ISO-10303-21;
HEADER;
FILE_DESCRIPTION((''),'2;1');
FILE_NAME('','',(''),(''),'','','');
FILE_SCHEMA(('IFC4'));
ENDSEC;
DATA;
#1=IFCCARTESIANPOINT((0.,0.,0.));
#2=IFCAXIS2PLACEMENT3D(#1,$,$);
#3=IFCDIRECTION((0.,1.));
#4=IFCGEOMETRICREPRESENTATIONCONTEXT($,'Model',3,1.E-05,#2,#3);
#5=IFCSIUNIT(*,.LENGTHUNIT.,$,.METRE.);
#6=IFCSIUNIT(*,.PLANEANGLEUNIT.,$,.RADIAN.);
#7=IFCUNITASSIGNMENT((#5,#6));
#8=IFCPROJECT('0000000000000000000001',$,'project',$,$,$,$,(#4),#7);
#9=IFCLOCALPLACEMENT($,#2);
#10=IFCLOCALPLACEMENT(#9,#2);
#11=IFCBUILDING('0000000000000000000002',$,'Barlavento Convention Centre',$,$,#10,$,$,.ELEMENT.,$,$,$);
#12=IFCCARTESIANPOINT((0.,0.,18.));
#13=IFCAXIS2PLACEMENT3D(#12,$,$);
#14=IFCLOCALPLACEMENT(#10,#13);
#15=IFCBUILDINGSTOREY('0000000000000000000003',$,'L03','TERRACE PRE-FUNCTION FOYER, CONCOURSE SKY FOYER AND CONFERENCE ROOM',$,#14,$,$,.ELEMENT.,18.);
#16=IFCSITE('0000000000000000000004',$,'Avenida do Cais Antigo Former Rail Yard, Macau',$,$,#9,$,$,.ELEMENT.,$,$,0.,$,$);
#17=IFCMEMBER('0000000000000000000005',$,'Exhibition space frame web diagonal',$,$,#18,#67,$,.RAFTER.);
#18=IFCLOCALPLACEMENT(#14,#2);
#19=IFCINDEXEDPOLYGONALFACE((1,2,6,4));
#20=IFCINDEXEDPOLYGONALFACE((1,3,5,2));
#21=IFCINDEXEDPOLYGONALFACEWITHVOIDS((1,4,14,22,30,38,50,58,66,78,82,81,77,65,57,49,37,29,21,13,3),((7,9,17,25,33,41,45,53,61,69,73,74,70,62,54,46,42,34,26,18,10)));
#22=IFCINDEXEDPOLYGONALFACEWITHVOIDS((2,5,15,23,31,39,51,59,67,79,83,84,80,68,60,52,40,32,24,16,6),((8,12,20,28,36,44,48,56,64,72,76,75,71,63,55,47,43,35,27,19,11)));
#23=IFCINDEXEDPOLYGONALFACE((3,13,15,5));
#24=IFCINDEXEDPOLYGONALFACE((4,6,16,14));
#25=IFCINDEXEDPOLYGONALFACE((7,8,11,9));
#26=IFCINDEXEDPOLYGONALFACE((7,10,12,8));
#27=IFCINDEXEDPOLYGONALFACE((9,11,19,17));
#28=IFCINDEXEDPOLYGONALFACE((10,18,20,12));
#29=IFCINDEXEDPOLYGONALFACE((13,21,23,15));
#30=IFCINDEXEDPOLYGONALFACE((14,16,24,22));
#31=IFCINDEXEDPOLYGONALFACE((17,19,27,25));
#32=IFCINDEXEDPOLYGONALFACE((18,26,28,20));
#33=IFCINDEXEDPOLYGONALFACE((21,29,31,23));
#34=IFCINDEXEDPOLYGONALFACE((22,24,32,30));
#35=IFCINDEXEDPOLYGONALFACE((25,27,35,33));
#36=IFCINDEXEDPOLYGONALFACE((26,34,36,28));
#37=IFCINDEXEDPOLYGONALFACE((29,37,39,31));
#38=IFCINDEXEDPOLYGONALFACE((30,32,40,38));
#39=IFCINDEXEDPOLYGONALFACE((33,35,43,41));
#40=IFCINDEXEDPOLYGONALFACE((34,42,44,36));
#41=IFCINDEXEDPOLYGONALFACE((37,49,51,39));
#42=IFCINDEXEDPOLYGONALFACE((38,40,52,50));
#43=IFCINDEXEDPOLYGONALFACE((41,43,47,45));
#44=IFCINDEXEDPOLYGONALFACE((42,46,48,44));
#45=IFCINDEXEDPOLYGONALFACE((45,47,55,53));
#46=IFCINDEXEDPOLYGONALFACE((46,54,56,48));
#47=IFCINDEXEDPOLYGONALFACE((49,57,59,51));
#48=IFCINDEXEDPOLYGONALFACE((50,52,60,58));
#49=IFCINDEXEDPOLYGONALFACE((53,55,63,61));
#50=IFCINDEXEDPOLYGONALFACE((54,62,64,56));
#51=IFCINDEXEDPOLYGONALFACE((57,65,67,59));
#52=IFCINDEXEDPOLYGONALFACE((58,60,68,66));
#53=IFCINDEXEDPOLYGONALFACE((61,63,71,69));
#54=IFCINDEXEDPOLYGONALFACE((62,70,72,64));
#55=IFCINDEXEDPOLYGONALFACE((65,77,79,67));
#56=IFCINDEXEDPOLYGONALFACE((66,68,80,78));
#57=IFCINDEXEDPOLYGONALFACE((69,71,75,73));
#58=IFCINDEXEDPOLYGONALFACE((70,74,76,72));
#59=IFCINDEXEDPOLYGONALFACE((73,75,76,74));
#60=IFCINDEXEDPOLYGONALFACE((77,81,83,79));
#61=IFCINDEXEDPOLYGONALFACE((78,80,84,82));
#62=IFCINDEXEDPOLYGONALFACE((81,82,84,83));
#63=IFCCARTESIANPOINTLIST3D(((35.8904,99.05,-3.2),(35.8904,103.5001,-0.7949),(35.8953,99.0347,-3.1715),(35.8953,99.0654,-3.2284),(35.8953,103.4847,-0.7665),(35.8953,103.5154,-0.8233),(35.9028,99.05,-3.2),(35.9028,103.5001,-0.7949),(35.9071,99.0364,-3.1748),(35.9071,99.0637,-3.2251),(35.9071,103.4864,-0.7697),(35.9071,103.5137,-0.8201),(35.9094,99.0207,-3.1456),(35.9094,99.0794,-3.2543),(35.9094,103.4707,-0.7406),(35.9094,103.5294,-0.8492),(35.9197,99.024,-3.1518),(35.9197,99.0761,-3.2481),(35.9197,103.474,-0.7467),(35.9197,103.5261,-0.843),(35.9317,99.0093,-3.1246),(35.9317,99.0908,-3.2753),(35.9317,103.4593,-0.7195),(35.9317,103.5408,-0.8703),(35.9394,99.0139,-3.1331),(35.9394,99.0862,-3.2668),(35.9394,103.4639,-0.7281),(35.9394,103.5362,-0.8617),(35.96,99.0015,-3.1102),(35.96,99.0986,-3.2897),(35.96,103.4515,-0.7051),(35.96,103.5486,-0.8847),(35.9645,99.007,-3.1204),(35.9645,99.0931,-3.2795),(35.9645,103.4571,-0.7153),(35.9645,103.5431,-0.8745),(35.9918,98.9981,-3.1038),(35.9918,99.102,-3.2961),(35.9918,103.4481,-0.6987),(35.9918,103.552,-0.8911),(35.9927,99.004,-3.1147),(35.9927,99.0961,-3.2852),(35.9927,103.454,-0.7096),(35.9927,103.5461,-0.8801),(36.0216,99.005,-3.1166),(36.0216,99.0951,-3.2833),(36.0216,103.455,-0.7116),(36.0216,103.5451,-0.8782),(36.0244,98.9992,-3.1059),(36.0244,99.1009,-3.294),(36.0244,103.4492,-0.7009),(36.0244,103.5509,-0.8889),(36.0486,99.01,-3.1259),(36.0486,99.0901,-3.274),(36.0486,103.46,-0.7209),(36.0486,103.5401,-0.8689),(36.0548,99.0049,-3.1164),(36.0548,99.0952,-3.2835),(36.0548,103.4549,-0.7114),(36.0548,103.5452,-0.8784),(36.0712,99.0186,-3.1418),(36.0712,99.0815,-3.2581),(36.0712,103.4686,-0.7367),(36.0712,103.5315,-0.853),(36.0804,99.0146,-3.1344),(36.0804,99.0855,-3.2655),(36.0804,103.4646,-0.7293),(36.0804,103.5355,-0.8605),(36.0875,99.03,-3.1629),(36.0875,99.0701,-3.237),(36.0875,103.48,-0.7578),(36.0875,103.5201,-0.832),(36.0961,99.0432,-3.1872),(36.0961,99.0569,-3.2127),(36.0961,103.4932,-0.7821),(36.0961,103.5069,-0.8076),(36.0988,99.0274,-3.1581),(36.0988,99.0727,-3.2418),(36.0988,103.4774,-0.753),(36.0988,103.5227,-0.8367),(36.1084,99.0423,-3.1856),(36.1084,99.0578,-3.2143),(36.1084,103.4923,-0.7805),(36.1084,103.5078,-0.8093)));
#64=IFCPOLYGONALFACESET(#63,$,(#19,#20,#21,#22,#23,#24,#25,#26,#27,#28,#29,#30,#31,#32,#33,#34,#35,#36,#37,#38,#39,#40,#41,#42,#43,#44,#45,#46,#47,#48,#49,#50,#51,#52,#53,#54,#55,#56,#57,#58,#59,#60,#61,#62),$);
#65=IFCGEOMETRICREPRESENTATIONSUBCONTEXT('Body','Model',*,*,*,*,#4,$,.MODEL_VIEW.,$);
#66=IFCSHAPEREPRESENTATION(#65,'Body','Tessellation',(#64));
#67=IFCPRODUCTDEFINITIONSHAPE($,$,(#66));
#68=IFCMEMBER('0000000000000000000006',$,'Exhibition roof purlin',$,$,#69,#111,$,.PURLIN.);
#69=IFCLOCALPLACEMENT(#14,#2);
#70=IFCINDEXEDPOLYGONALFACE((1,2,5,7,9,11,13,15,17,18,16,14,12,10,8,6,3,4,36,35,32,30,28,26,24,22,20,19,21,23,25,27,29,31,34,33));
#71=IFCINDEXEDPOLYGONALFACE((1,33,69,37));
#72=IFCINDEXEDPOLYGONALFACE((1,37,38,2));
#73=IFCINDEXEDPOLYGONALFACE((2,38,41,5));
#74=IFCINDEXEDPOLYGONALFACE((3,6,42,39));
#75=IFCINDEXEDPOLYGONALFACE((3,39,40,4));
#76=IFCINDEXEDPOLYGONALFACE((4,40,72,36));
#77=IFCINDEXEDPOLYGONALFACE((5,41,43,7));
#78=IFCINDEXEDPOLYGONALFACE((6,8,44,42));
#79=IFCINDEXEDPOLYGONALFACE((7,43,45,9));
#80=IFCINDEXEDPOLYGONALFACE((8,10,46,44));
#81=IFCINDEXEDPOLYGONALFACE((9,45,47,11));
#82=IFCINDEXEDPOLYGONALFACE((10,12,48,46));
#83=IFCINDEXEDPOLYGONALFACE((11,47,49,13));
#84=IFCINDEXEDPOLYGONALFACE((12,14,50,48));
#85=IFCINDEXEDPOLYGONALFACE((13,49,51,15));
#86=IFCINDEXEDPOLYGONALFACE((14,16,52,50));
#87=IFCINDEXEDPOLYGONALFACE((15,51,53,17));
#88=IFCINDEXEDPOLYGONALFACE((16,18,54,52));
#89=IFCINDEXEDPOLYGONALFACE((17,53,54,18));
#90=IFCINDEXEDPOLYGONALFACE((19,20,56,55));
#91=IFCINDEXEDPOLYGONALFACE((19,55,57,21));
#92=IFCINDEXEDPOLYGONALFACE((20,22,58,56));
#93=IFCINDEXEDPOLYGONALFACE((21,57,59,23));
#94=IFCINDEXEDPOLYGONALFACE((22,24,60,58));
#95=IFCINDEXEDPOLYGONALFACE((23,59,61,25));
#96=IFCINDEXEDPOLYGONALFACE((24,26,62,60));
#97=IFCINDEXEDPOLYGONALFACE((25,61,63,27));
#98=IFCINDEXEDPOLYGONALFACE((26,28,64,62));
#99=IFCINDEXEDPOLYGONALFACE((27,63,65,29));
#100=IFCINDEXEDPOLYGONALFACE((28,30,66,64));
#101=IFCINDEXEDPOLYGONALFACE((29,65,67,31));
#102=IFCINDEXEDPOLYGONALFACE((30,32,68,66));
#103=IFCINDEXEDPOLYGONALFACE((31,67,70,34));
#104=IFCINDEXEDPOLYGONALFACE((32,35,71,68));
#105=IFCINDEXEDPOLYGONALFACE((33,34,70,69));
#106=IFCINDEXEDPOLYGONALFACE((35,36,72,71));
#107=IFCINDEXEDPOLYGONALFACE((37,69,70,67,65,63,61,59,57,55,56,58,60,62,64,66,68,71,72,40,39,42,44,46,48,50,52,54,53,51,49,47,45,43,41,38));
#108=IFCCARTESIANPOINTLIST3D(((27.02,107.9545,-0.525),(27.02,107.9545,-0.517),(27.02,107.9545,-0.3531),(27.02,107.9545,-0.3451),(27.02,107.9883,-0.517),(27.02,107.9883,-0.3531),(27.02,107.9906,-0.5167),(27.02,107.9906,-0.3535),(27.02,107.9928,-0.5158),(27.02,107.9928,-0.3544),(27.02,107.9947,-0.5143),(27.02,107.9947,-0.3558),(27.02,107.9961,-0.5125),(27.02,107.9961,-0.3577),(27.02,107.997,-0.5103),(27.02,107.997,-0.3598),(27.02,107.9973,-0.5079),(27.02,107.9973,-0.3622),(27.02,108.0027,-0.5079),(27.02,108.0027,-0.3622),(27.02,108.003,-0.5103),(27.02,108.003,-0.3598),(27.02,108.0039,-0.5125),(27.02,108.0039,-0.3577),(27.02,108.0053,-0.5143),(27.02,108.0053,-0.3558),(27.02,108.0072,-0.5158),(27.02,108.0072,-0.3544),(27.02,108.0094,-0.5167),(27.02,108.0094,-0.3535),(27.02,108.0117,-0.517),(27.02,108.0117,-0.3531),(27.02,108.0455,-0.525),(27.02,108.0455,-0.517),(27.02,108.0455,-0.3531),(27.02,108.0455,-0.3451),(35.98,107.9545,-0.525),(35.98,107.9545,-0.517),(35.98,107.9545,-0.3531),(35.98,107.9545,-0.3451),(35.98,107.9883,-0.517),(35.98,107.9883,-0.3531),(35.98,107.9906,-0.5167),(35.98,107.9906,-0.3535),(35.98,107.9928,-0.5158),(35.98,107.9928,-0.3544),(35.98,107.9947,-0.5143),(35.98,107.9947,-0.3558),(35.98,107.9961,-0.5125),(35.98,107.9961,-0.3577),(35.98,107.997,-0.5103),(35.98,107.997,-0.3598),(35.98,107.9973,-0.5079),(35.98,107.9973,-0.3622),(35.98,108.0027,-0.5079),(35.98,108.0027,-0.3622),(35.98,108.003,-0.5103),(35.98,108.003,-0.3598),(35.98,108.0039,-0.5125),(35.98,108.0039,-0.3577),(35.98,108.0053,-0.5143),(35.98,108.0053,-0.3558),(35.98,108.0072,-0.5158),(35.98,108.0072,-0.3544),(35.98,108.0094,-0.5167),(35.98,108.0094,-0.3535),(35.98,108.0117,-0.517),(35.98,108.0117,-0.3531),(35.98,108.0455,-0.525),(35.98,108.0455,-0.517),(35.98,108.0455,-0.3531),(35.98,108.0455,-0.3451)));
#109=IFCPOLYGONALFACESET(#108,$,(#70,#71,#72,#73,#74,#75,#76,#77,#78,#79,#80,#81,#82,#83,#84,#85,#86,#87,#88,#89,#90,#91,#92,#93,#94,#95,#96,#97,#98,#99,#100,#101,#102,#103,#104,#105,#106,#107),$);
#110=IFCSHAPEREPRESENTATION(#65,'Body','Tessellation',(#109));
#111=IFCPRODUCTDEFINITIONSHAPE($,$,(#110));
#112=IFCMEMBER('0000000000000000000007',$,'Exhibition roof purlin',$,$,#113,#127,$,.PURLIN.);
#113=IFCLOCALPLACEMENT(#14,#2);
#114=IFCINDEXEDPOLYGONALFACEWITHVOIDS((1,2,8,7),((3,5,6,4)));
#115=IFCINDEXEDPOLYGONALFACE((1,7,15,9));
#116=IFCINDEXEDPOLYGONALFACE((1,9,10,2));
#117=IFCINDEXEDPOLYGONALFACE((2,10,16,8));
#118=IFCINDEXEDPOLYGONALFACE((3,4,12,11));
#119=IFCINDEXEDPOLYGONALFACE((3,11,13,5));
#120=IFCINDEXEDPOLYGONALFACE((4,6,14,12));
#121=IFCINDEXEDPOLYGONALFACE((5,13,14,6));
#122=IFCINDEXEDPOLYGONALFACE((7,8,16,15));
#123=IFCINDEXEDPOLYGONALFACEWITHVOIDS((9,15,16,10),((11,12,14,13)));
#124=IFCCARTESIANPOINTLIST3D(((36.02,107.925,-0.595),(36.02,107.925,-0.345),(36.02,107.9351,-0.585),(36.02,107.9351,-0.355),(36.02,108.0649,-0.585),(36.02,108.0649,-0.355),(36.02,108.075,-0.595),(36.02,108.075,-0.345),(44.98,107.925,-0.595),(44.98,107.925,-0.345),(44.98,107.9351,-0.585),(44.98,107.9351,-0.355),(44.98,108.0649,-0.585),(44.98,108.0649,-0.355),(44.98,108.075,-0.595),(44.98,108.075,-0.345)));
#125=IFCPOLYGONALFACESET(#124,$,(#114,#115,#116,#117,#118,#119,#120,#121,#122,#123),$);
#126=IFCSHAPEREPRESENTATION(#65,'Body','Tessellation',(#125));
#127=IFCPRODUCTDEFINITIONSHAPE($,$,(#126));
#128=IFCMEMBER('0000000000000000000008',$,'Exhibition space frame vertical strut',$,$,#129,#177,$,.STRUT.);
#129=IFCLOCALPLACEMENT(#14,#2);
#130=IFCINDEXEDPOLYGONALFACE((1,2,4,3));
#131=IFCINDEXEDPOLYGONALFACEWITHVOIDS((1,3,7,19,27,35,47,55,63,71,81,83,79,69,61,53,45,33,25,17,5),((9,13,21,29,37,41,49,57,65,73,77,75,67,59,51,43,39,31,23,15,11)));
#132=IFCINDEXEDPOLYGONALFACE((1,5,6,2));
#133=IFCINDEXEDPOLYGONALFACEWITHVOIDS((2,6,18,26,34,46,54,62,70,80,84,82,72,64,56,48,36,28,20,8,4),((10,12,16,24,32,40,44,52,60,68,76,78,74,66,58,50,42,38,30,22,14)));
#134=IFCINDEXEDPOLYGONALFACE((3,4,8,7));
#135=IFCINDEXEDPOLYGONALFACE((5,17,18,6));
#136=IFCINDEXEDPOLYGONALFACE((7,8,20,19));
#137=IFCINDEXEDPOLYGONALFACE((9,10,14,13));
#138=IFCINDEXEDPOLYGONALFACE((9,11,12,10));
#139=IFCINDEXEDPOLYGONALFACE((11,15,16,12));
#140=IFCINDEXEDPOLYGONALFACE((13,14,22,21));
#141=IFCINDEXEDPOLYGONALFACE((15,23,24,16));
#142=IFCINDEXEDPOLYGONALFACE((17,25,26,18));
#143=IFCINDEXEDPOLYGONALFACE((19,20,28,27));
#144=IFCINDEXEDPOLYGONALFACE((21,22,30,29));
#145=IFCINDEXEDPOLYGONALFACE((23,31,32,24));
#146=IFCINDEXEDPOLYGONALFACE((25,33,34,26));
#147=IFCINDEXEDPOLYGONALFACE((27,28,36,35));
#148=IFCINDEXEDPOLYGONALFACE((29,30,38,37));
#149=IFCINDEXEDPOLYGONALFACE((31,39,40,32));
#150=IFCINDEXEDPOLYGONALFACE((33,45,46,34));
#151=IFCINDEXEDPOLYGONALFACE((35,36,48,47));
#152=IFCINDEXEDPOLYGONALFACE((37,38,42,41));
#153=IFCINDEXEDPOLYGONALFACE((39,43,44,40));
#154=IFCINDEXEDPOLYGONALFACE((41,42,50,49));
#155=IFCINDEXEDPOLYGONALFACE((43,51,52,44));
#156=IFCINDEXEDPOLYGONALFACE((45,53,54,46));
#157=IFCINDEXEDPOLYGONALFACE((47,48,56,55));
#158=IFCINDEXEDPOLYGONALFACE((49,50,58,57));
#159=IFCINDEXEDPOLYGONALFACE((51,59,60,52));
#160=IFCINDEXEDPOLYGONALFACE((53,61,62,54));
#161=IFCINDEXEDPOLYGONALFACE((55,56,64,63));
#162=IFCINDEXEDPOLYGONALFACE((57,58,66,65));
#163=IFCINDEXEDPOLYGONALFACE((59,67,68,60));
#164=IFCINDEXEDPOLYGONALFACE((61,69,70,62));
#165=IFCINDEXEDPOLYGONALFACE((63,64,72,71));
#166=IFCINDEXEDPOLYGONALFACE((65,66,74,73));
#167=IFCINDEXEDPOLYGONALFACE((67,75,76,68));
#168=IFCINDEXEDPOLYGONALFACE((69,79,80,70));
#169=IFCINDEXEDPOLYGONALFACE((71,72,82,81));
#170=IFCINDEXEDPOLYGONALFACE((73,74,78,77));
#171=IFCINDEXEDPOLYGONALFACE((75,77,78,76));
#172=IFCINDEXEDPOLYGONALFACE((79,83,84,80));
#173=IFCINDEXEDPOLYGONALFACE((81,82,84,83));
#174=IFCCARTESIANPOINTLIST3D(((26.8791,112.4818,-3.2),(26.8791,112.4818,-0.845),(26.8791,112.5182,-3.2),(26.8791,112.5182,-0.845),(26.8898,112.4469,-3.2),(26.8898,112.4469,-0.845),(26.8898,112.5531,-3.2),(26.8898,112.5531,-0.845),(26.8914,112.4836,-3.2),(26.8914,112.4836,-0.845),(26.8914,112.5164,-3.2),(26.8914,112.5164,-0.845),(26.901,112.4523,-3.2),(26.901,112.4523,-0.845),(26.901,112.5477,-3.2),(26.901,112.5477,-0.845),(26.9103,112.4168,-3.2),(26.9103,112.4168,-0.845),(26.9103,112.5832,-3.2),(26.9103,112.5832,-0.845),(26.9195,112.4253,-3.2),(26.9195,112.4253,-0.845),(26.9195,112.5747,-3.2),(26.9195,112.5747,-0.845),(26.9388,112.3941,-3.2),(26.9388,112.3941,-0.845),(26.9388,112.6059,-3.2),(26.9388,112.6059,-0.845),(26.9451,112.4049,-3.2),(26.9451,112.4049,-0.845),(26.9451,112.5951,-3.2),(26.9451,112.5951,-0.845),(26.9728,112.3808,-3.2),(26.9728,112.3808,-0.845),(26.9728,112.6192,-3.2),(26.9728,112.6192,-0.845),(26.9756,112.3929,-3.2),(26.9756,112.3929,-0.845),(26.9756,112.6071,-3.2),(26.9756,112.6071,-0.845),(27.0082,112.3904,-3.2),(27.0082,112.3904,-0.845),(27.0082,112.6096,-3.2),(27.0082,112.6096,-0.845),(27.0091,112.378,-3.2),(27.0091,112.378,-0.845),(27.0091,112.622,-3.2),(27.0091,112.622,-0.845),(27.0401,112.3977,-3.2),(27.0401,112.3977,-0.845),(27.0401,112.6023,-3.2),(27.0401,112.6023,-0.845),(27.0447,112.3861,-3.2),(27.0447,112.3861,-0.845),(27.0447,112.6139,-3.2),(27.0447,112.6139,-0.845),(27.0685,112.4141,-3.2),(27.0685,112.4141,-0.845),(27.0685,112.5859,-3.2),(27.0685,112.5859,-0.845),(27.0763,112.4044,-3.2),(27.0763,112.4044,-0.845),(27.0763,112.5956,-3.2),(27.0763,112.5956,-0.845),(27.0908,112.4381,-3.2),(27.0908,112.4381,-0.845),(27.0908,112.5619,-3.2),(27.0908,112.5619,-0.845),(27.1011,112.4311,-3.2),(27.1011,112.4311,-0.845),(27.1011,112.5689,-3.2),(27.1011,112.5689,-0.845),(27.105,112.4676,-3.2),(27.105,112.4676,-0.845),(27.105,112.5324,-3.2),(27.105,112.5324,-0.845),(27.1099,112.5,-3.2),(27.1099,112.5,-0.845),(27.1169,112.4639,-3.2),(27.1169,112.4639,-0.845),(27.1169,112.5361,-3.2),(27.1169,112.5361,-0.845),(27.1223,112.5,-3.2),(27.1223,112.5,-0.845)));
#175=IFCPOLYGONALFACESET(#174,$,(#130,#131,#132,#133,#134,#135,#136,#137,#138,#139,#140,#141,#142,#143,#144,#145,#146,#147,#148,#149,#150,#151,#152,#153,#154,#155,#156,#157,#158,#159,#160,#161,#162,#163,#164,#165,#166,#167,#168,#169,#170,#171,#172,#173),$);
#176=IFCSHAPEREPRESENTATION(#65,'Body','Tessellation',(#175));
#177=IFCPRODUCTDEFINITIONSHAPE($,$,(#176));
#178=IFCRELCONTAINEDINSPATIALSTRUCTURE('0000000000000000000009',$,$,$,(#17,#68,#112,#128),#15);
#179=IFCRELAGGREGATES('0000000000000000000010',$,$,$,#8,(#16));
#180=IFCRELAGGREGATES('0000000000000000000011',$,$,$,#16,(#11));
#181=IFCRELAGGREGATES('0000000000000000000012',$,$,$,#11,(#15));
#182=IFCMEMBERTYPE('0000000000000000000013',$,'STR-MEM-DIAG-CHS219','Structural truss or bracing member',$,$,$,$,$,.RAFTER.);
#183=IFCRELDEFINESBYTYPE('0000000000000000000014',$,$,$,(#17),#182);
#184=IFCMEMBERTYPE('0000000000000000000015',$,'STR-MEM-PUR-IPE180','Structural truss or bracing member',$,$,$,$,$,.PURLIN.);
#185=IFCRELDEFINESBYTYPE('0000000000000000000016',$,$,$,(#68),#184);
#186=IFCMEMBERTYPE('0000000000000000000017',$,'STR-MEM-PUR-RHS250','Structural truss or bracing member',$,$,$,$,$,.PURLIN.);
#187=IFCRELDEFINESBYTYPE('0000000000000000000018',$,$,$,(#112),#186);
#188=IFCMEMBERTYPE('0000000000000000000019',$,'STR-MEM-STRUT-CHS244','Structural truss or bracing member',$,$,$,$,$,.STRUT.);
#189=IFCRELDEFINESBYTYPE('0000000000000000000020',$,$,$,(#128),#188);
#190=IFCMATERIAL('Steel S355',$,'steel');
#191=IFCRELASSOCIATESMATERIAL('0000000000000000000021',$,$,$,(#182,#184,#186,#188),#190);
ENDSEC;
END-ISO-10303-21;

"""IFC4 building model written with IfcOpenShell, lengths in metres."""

from ifc_helpers import new_model, si_unit, direction, frame, origin, origin_2d, place, context, subcontext, project, spatial, hollow_rectangle, hollow_circle, i_section, extrude, material, material_profile, profile_set, type_object, element, save


model = new_model("IFC4")

# Units and contexts
model_context = context("Model", 3, precision=1e-05, world=origin(), true_north=direction((0.0, 1.0)))
body_context = subcontext(model_context, "Body", "Model", "MODEL_VIEW")
ifc_project = project(units=[si_unit("LENGTHUNIT", "METRE"), si_unit("PLANEANGLEUNIT", "RADIAN")], contexts=[model_context])

# Site, building, storey
site_placement = place(None, origin())
site = spatial("IfcSite", under=ifc_project, at=site_placement, Name="Avenida do Cais Antigo Former Rail Yard, Macau", CompositionType="ELEMENT", RefElevation=0.0)
building_placement = place(site_placement, origin())
building = spatial("IfcBuilding", under=site, at=building_placement, Name="Barlavento Convention Centre", CompositionType="ELEMENT")
storey_placement = place(building_placement, frame((0.0, 0.0, 18.0)))
storey = spatial("IfcBuildingStorey", under=building, at=storey_placement, Name="L03", Description="TERRACE PRE-FUNCTION FOYER, CONCOURSE SKY FOYER AND CONFERENCE ROOM", CompositionType="ELEMENT", Elevation=18.0)

# Shared definitions
ifc_material_1 = material(Name="Steel S355", Category="steel")

# Members
ifc_material_profile_1 = material_profile(ifc_material_1, hollow_circle(Radius=0.1096, WallThickness=0.0125, at=origin_2d()), Name="CHS 219.1x12.5")
ifc_profile_set_1 = profile_set([ifc_material_profile_1], Name="Steel S355")
member_type_1 = type_object("IfcMemberType", Name="STR-MEM-DIAG-CHS219", Description="Structural truss or bracing member", PredefinedType="RAFTER", material=ifc_profile_set_1)
member_1_placement = place(storey_placement, frame((36.0, 99.05, -3.2), z_axis=(0.0, 0.879735, 0.475464), x_axis=(-1.0, 0.0, 0.0)))
element("IfcMember", 1, at=member_1_placement, inside=storey, type_object=member_type_1, Name="Exhibition space frame web diagonal", PredefinedType="RAFTER", context=body_context, shape_type="SweptSolid", body=[
    extrude(hollow_circle(Radius=0.1096, WallThickness=0.0125, at=origin_2d()), origin(), (0.0, 0.0, 1.0), 5.0583),
])
ifc_material_profile_2 = material_profile(ifc_material_1, i_section(OverallWidth=0.0911, OverallDepth=0.1799, WebThickness=0.0054, FlangeThickness=0.0081, FilletRadius=0.009, at=origin_2d()), Name="IPE 180")
ifc_profile_set_2 = profile_set([ifc_material_profile_2], Name="Steel S355")
member_type_2 = type_object("IfcMemberType", Name="STR-MEM-PUR-IPE180", Description="Structural truss or bracing member", PredefinedType="PURLIN", material=ifc_profile_set_2)
member_2_placement = place(storey_placement, frame((27.02, 108.0, -0.4351), z_axis=(1.0, 0.0, 0.0), x_axis=(0.0, 1.0, 0.0)))
element("IfcMember", 2, at=member_2_placement, inside=storey, type_object=member_type_2, Name="Exhibition roof purlin", PredefinedType="PURLIN", context=body_context, shape_type="SweptSolid", body=[
    extrude(i_section(OverallWidth=0.0911, OverallDepth=0.1799, WebThickness=0.0054, FlangeThickness=0.0081, FilletRadius=0.009, at=origin_2d()), origin(), (0.0, 0.0, 1.0), 8.96),
])
ifc_material_profile_3 = material_profile(ifc_material_1, hollow_rectangle(XDim=0.1499, YDim=0.25, WallThickness=0.01, at=origin_2d()), Name="RHS 250x150x10.0")
ifc_profile_set_3 = profile_set([ifc_material_profile_3], Name="Steel S355")
member_type_3 = type_object("IfcMemberType", Name="STR-MEM-PUR-RHS250", Description="Structural truss or bracing member", PredefinedType="PURLIN", material=ifc_profile_set_3)
member_3_placement = place(storey_placement, frame((36.02, 108.0, -0.47), z_axis=(1.0, 0.0, 0.0), x_axis=(0.0, 1.0, 0.0)))
element("IfcMember", 3, at=member_3_placement, inside=storey, type_object=member_type_3, Name="Exhibition roof purlin", PredefinedType="PURLIN", context=body_context, shape_type="SweptSolid", body=[
    extrude(hollow_rectangle(XDim=0.1499, YDim=0.25, WallThickness=0.01, at=origin_2d()), origin(), (0.0, 0.0, 1.0), 8.96),
])
ifc_material_profile_4 = material_profile(ifc_material_1, hollow_circle(Radius=0.1223, WallThickness=0.0125, at=origin_2d()), Name="CHS 244.5x12.5")
ifc_profile_set_4 = profile_set([ifc_material_profile_4], Name="Steel S355")
member_type_4 = type_object("IfcMemberType", Name="STR-MEM-STRUT-CHS244", Description="Structural truss or bracing member", PredefinedType="STRUT", material=ifc_profile_set_4)
member_4_placement = place(storey_placement, frame((27.0, 112.5, -3.2), z_axis=(0.0, 0.0, 1.0), x_axis=(1.0, 0.0, 0.0)))
element("IfcMember", 4, at=member_4_placement, inside=storey, type_object=member_type_4, Name="Exhibition space frame vertical strut", PredefinedType="STRUT", context=body_context, shape_type="SweptSolid", body=[
    extrude(hollow_circle(Radius=0.1223, WallThickness=0.0125, at=origin_2d()), origin(), (0.0, 0.0, 1.0), 2.355),
])

save(model, "model.ifc")
